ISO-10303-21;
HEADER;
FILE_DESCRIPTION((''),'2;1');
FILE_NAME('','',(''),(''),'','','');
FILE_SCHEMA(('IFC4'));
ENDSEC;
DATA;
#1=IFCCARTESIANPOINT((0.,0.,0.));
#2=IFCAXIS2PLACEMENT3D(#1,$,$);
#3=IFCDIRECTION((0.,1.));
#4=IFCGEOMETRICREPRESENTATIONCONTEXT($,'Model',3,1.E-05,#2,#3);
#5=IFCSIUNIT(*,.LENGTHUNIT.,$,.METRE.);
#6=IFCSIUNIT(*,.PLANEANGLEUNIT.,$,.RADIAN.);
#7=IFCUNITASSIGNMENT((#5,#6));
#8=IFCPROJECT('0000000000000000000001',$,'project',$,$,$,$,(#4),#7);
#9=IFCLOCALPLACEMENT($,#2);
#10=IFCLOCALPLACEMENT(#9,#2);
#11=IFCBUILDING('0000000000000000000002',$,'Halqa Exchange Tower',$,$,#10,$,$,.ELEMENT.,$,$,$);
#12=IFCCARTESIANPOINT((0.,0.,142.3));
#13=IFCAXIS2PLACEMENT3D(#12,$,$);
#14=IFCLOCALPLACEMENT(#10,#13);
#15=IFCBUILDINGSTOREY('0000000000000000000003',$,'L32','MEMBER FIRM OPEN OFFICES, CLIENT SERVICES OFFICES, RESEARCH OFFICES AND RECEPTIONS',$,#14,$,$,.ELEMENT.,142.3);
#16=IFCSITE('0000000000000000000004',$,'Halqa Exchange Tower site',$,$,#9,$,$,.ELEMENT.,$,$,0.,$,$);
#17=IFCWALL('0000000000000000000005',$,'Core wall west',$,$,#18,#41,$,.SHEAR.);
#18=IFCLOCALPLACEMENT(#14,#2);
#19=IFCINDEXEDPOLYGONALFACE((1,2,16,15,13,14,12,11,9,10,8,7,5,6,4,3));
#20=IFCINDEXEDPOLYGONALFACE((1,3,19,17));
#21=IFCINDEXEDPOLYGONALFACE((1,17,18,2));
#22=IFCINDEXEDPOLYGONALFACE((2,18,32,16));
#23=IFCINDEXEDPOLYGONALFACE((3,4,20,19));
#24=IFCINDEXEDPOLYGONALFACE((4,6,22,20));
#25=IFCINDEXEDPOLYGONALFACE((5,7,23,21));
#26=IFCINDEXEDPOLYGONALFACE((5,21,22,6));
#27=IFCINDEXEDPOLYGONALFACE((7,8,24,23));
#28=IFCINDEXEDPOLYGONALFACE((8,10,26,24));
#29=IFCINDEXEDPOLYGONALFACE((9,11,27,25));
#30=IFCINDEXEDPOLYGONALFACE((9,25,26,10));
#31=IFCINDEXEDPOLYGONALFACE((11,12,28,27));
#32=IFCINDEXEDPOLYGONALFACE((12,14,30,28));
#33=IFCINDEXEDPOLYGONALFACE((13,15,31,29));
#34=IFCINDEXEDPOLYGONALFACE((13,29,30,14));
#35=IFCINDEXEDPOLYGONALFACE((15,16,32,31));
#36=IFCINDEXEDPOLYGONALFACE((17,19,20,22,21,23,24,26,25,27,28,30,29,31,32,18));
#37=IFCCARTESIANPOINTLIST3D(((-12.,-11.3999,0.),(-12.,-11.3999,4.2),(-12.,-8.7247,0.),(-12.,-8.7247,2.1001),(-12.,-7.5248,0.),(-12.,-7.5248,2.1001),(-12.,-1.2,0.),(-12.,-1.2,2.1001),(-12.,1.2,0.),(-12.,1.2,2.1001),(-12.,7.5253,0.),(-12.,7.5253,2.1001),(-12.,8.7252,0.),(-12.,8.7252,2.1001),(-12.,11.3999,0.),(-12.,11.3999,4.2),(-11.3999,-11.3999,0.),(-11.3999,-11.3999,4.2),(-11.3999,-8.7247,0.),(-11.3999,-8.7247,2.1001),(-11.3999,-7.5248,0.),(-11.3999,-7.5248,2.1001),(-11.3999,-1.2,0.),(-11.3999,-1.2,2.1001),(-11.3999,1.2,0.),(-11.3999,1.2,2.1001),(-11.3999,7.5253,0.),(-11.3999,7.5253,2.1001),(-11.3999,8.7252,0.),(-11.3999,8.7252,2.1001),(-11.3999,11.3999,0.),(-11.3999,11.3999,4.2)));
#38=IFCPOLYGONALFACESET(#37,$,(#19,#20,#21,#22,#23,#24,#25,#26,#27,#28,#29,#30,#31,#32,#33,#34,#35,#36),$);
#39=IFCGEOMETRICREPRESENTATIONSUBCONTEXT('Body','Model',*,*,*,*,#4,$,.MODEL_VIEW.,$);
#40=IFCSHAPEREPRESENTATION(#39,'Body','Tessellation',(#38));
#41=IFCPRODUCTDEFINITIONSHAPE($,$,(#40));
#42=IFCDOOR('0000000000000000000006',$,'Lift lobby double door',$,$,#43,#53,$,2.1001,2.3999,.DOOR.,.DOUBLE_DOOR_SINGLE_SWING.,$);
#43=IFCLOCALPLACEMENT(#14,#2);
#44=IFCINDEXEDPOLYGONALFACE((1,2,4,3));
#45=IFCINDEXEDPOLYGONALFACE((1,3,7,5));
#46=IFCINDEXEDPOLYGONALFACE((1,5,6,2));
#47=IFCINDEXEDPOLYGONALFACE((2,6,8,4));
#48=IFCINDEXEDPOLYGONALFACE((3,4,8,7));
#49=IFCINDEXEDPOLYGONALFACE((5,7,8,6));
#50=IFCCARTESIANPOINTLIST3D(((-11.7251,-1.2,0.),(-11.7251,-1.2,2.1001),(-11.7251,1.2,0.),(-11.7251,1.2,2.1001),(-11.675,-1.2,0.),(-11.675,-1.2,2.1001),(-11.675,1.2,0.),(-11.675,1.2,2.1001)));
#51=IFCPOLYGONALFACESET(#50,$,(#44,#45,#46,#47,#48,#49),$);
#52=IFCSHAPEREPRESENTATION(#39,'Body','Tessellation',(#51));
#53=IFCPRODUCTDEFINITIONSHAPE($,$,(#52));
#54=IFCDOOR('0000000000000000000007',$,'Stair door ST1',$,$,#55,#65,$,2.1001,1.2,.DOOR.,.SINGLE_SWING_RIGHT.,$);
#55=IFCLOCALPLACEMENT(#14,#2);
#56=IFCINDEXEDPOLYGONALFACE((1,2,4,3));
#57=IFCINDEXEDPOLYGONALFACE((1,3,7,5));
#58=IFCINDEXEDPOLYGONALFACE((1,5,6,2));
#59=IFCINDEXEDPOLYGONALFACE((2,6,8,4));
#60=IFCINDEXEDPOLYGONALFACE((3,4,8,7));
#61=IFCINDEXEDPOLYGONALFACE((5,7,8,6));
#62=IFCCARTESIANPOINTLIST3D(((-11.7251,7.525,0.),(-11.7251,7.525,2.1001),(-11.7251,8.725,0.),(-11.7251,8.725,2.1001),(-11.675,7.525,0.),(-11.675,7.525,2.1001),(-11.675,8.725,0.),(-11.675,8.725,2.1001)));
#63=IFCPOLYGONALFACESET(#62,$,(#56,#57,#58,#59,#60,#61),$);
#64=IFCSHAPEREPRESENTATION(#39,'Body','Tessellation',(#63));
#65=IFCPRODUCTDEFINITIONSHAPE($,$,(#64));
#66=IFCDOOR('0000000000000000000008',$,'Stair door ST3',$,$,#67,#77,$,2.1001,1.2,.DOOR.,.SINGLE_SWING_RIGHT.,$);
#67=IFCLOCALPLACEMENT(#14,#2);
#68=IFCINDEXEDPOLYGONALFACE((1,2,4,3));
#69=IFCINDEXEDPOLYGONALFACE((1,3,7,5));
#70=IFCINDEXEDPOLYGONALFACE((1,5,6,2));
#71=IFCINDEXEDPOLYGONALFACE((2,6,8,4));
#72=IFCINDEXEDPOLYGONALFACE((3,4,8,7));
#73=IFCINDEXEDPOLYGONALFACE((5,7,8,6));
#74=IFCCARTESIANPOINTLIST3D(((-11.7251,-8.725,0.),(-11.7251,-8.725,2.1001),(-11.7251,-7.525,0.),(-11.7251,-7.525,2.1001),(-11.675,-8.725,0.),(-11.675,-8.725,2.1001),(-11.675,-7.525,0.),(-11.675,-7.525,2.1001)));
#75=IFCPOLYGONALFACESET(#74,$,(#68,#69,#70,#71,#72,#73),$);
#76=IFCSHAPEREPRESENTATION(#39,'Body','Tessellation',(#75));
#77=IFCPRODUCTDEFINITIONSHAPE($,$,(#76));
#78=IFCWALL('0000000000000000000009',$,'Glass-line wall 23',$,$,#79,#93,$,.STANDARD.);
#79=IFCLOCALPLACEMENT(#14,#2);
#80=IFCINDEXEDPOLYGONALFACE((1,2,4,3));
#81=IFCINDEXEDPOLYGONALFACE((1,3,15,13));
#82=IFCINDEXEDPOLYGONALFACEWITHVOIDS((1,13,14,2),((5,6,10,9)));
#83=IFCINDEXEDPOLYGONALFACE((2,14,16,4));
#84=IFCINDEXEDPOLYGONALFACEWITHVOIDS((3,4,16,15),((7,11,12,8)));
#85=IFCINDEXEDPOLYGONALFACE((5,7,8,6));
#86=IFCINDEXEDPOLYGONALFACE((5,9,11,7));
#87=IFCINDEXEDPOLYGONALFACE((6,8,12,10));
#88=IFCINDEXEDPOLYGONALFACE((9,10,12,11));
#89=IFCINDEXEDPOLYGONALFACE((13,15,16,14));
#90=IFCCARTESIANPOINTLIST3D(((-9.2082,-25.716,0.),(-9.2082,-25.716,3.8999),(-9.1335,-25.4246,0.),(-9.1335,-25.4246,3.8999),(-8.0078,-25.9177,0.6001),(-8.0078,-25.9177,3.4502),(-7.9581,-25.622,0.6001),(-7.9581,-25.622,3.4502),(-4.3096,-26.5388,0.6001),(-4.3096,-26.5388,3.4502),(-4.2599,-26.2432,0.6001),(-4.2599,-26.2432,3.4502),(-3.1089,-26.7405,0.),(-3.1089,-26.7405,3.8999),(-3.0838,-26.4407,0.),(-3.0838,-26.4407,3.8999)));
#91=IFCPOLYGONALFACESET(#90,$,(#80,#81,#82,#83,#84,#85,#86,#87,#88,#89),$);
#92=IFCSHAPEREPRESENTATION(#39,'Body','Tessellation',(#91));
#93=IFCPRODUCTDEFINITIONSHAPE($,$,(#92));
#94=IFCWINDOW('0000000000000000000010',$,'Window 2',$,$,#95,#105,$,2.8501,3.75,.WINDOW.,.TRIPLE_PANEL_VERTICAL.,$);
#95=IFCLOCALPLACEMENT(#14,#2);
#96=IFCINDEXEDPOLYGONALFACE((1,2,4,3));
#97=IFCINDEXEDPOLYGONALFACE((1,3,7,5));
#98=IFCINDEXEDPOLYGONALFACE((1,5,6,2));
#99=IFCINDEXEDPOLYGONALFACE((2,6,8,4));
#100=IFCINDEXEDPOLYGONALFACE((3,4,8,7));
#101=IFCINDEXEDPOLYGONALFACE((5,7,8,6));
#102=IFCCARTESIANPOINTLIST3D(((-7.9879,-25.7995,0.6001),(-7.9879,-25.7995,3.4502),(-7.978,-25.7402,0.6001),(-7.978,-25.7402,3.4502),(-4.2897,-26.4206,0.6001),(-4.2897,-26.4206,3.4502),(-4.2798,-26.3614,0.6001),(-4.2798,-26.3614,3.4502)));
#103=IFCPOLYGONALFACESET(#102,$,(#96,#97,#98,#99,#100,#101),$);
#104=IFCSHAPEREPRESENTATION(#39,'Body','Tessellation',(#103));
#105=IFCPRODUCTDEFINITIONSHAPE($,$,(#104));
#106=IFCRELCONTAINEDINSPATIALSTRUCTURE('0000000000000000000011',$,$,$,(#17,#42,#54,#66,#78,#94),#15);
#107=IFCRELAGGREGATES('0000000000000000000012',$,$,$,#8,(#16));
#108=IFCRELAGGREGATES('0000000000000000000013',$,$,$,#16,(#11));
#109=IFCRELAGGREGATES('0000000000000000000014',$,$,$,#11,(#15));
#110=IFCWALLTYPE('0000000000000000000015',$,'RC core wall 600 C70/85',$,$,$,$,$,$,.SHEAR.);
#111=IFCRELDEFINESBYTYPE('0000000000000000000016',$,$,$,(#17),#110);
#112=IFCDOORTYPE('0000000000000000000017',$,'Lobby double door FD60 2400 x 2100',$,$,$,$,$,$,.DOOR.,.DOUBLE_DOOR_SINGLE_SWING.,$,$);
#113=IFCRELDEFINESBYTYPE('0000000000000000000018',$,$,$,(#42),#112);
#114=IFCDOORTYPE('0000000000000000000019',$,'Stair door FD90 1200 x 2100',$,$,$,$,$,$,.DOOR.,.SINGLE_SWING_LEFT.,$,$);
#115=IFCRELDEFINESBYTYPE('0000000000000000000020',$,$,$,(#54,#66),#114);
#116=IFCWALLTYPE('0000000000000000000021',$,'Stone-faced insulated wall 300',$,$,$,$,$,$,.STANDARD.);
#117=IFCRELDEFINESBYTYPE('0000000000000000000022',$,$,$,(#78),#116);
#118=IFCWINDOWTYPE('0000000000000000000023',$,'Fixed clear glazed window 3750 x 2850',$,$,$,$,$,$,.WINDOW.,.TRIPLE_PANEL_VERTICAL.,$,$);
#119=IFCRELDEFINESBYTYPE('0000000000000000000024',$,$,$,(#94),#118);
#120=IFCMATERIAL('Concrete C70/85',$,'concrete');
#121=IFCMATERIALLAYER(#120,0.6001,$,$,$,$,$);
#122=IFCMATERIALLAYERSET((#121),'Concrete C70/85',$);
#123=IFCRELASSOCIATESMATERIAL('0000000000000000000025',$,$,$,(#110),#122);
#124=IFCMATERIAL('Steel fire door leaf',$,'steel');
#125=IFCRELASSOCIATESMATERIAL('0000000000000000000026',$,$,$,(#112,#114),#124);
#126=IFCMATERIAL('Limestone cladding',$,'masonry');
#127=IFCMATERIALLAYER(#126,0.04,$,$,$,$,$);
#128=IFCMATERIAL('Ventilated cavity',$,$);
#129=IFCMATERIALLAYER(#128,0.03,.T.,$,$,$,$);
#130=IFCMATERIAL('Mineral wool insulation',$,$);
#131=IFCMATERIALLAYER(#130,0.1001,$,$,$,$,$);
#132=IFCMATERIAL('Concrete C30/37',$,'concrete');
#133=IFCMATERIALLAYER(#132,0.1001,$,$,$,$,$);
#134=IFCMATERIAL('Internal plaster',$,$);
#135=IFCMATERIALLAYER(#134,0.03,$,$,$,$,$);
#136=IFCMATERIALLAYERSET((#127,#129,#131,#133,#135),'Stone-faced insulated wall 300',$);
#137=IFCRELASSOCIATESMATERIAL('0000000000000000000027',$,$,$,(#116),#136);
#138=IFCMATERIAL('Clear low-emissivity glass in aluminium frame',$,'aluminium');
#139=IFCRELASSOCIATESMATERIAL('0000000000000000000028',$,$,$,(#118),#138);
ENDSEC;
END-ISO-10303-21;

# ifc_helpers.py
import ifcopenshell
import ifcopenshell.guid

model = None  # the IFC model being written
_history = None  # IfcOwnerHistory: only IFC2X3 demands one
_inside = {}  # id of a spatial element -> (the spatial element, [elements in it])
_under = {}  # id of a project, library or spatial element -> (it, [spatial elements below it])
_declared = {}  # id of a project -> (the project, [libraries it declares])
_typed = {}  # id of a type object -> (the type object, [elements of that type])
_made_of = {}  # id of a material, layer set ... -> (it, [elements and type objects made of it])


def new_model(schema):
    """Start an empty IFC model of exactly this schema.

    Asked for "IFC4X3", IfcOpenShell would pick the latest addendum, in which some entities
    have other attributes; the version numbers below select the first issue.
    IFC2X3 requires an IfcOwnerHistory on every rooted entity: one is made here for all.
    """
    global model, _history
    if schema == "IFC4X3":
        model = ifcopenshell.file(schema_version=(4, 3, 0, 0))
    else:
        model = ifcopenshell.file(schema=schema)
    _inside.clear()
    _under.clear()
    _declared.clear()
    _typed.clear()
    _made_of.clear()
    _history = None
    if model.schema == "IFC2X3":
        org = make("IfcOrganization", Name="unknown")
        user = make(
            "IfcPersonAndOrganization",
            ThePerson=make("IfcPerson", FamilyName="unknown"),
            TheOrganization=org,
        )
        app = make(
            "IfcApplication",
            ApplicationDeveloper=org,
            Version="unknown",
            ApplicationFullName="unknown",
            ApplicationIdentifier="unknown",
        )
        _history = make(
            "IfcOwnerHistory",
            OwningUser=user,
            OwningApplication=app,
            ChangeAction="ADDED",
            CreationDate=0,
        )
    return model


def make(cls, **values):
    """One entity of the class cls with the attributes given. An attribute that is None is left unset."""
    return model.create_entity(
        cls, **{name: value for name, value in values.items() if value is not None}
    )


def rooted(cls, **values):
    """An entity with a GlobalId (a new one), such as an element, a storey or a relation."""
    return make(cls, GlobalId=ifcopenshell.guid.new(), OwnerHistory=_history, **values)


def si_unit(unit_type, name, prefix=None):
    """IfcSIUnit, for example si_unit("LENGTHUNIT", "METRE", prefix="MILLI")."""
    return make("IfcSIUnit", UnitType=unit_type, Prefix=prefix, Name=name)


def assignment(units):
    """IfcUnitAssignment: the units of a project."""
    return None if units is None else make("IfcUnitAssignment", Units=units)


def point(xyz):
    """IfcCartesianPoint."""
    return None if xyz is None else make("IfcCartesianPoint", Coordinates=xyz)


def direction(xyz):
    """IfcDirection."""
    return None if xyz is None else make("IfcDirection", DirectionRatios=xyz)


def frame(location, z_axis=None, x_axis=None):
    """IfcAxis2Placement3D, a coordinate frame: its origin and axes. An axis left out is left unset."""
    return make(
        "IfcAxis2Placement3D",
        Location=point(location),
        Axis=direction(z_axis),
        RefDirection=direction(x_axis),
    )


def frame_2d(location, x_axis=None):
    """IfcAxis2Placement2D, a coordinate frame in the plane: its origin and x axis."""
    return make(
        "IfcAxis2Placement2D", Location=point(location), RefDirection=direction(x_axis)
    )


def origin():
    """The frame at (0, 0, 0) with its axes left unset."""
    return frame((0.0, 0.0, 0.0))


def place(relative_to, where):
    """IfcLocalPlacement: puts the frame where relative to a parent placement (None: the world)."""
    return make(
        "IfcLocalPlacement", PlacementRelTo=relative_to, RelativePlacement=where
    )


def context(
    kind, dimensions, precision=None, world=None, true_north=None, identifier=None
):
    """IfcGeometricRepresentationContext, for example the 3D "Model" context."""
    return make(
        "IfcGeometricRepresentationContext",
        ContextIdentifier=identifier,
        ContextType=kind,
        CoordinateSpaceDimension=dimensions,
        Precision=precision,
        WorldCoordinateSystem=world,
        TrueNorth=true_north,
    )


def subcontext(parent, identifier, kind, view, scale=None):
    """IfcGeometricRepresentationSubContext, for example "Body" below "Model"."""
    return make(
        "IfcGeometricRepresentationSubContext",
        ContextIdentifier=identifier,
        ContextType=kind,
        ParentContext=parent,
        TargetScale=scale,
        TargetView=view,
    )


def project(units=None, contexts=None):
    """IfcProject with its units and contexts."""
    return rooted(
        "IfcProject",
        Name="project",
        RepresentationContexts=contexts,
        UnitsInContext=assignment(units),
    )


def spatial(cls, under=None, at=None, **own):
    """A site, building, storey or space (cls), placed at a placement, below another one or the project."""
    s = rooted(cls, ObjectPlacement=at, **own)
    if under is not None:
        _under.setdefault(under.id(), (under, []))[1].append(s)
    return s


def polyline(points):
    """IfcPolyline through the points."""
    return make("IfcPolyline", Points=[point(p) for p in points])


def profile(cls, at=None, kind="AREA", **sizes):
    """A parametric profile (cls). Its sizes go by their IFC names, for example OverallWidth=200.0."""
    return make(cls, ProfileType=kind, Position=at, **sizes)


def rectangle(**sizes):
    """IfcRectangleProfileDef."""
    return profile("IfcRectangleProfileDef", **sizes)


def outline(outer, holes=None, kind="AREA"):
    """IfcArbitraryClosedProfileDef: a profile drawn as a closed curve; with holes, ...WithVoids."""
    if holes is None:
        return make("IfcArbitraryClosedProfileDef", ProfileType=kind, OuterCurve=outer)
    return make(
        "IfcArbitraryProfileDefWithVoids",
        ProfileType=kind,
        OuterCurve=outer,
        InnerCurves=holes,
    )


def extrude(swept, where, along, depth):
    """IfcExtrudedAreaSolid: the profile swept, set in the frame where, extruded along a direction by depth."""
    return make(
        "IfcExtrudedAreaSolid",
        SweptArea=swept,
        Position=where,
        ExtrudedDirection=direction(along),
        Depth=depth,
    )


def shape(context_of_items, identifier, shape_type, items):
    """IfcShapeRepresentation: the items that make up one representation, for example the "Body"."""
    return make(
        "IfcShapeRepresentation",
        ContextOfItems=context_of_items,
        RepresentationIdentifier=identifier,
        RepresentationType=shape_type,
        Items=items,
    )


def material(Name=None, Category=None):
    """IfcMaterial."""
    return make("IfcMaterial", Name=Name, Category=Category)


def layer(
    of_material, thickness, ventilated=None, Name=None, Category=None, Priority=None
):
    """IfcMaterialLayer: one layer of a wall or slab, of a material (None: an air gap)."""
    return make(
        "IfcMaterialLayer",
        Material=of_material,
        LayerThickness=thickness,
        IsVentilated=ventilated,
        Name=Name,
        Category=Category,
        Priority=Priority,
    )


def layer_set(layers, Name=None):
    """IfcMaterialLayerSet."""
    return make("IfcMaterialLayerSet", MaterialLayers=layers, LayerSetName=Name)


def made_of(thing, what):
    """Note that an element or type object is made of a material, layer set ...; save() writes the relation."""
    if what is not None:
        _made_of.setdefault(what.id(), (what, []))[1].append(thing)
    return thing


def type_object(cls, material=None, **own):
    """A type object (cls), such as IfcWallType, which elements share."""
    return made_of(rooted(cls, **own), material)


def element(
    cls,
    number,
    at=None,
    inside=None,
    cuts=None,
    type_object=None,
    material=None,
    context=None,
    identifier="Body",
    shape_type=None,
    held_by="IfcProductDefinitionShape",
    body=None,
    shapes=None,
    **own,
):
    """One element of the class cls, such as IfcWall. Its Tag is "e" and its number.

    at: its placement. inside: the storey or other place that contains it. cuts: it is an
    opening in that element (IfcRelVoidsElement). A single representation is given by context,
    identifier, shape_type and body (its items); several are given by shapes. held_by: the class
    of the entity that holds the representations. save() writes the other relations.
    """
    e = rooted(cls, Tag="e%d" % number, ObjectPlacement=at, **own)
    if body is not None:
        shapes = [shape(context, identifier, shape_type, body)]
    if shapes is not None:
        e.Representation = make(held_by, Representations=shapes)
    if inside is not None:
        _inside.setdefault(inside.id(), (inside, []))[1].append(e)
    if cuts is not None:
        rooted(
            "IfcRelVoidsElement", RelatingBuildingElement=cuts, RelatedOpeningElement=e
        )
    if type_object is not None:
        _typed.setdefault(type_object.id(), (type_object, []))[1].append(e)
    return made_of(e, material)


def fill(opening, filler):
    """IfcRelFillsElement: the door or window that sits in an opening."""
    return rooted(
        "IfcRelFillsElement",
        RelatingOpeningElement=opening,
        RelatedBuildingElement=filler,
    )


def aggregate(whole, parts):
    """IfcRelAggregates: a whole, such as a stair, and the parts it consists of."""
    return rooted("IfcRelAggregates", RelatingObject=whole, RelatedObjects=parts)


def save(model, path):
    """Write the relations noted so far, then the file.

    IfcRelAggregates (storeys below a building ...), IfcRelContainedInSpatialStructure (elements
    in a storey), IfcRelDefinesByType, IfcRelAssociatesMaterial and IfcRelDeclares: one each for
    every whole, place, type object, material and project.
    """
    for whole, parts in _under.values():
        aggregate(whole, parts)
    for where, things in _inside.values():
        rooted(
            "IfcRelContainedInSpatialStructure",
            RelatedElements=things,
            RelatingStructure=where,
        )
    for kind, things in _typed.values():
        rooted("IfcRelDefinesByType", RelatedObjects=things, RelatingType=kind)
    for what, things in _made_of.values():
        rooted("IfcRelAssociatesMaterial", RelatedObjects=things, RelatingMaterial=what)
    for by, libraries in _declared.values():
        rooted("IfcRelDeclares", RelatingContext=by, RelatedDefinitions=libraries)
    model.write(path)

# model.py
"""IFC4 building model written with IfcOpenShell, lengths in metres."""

from ifc_helpers import new_model, si_unit, direction, frame, frame_2d, origin, place, context, subcontext, project, spatial, polyline, rectangle, outline, extrude, material, layer, layer_set, type_object, element, fill, save


model = new_model("IFC4")

# Units and contexts
model_context = context("Model", 3, precision=1e-05, world=origin(), true_north=direction((0.0, 1.0)))
body_context = subcontext(model_context, "Body", "Model", "MODEL_VIEW")
ifc_project = project(units=[si_unit("LENGTHUNIT", "METRE"), si_unit("PLANEANGLEUNIT", "RADIAN")], contexts=[model_context])

# Site, building, storey
site_placement = place(None, origin())
site = spatial("IfcSite", under=ifc_project, at=site_placement, Name="Halqa Exchange Tower site", CompositionType="ELEMENT", RefElevation=0.0)
building_placement = place(site_placement, origin())
building = spatial("IfcBuilding", under=site, at=building_placement, Name="Halqa Exchange Tower", CompositionType="ELEMENT")
storey_placement = place(building_placement, frame((0.0, 0.0, 142.3)))
storey = spatial("IfcBuildingStorey", under=building, at=storey_placement, Name="L32", Description="MEMBER FIRM OPEN OFFICES, CLIENT SERVICES OFFICES, RESEARCH OFFICES AND RECEPTIONS", CompositionType="ELEMENT", Elevation=142.3)

# Shared definitions
ifc_material_1 = material(Name="Concrete C70/85", Category="concrete")

# Wall, openings, doors
ifc_layer_1 = layer(ifc_material_1, 0.6001)
ifc_layer_set_1 = layer_set([ifc_layer_1], Name="Concrete C70/85")
wall_type_1 = type_object("IfcWallType", Name="RC core wall 600 C70/85", PredefinedType="SHEAR", material=ifc_layer_set_1)
wall_1_placement = place(storey_placement, frame((-11.7, -11.3999, 0.0), z_axis=(0.0, 0.0, 1.0), x_axis=(0.0, 1.0, 0.0)))
wall_1 = element("IfcWall", 1, at=wall_1_placement, inside=storey, type_object=wall_type_1, Name="Core wall west", PredefinedType="SHEAR", context=body_context, shape_type="SweptSolid", body=[
    extrude(rectangle(XDim=22.7998, YDim=0.6001, at=frame_2d((11.3999, 0.0))), origin(), (0.0, 0.0, 1.0), 4.2),
])
opening_1_placement = place(wall_1_placement, frame((10.2, 0.0, 0.0)))
opening_1 = element("IfcOpeningElement", 2, at=opening_1_placement, cuts=wall_1, PredefinedType="OPENING", context=body_context, shape_type="SweptSolid", body=[
    extrude(rectangle(XDim=2.3999, YDim=2.1001, at=frame_2d((1.2, 1.05))), frame((0.0, 0.312, 0.0), z_axis=(0.0, -1.0, 0.0), x_axis=(1.0, 0.0, 0.0)), (0.0, 0.0, 1.0), 0.624),
])
opening_2_placement = place(wall_1_placement, frame((18.925, 0.0, 0.0)))
opening_2 = element("IfcOpeningElement", 3, at=opening_2_placement, cuts=wall_1, PredefinedType="OPENING", context=body_context, shape_type="SweptSolid", body=[
    extrude(rectangle(XDim=1.2, YDim=2.1001, at=frame_2d((0.6001, 1.05))), frame((0.0, 0.312, 0.0), z_axis=(0.0, -1.0, 0.0), x_axis=(1.0, 0.0, 0.0)), (0.0, 0.0, 1.0), 0.624),
])
opening_3_placement = place(wall_1_placement, frame((2.675, 0.0, 0.0)))
opening_3 = element("IfcOpeningElement", 4, at=opening_3_placement, cuts=wall_1, PredefinedType="OPENING", context=body_context, shape_type="SweptSolid", body=[
    extrude(rectangle(XDim=1.2, YDim=2.1001, at=frame_2d((0.6001, 1.05))), frame((0.0, 0.312, 0.0), z_axis=(0.0, -1.0, 0.0), x_axis=(1.0, 0.0, 0.0)), (0.0, 0.0, 1.0), 0.624),
])
ifc_material_2 = material(Name="Steel fire door leaf", Category="steel")
door_type_1 = type_object("IfcDoorType", Name="Lobby double door FD60 2400 x 2100", OperationType="DOUBLE_DOOR_SINGLE_SWING", PredefinedType="DOOR", material=ifc_material_2)
door_1_placement = place(opening_1_placement, frame((2.3999, 0.0, 0.0), z_axis=(0.0, 0.0, 1.0), x_axis=(-1.0, 0.0, 0.0)))
door_1 = element("IfcDoor", 5, at=door_1_placement, inside=storey, type_object=door_type_1, Name="Lift lobby double door", OperationType="DOUBLE_DOOR_SINGLE_SWING", OverallHeight=2.1001, OverallWidth=2.3999, PredefinedType="DOOR", context=body_context, shape_type="SweptSolid", body=[
    extrude(rectangle(XDim=2.3999, YDim=2.1001, at=frame_2d((1.2, 1.05))), frame((0.0, 0.0249, 0.0), z_axis=(0.0, -1.0, 0.0), x_axis=(1.0, 0.0, 0.0)), (0.0, 0.0, 1.0), 0.05),
])
fill(opening_1, door_1)
door_type_2 = type_object("IfcDoorType", Name="Stair door FD90 1200 x 2100", OperationType="SINGLE_SWING_LEFT", PredefinedType="DOOR", material=ifc_material_2)
door_2_placement = place(opening_2_placement, frame((1.2, 0.0, 0.0), z_axis=(0.0, 0.0, 1.0), x_axis=(-1.0, 0.0, 0.0)))
door_2 = element("IfcDoor", 6, at=door_2_placement, inside=storey, type_object=door_type_2, Name="Stair door ST1", OperationType="SINGLE_SWING_RIGHT", OverallHeight=2.1001, OverallWidth=1.2, PredefinedType="DOOR", context=body_context, shape_type="SweptSolid", body=[
    extrude(rectangle(XDim=1.2, YDim=2.1001, at=frame_2d((0.6001, 1.05))), frame((0.0, 0.0249, 0.0), z_axis=(0.0, -1.0, 0.0), x_axis=(1.0, 0.0, 0.0)), (0.0, 0.0, 1.0), 0.05),
])
fill(opening_2, door_2)
door_3_placement = place(opening_3_placement, frame((1.2, 0.0, 0.0), z_axis=(0.0, 0.0, 1.0), x_axis=(-1.0, 0.0, 0.0)))
door_3 = element("IfcDoor", 7, at=door_3_placement, inside=storey, type_object=door_type_2, Name="Stair door ST3", OperationType="SINGLE_SWING_RIGHT", OverallHeight=2.1001, OverallWidth=1.2, PredefinedType="DOOR", context=body_context, shape_type="SweptSolid", body=[
    extrude(rectangle(XDim=1.2, YDim=2.1001, at=frame_2d((0.6001, 1.05))), frame((0.0, 0.0249, 0.0), z_axis=(0.0, -1.0, 0.0), x_axis=(1.0, 0.0, 0.0)), (0.0, 0.0, 1.0), 0.05),
])
fill(opening_3, door_3)

# Wall, opening, window
ifc_material_3 = material(Name="Limestone cladding", Category="masonry")
ifc_layer_2 = layer(ifc_material_3, 0.04)
ifc_material_4 = material(Name="Ventilated cavity")
ifc_layer_3 = layer(ifc_material_4, 0.03, ventilated=True)
ifc_material_5 = material(Name="Mineral wool insulation")
ifc_layer_4 = layer(ifc_material_5, 0.1001)
ifc_material_6 = material(Name="Concrete C30/37", Category="concrete")
ifc_layer_5 = layer(ifc_material_6, 0.1001)
ifc_material_7 = material(Name="Internal plaster")
ifc_layer_6 = layer(ifc_material_7, 0.03)
ifc_layer_set_2 = layer_set([ifc_layer_2, ifc_layer_3, ifc_layer_4, ifc_layer_5, ifc_layer_6], Name="Stone-faced insulated wall 300")
wall_type_2 = type_object("IfcWallType", Name="Stone-faced insulated wall 300", PredefinedType="STANDARD", material=ifc_layer_set_2)
wall_2_placement = place(storey_placement, frame((-9.1709, -25.5703, 0.0), z_axis=(0.0, 0.0, 1.0), x_axis=(0.986186, -0.165639, 0.0)))
wall_2 = element("IfcWall", 8, at=wall_2_placement, inside=storey, type_object=wall_type_2, Name="Glass-line wall 23", PredefinedType="STANDARD", context=body_context, shape_type="SweptSolid", body=[
    extrude(outline(polyline([(-0.0127, -0.1499), (6.1721, -0.1499), (6.1472, 0.1499), (0.0127, 0.1499), (-0.0127, -0.1499)])), origin(), (0.0, 0.0, 1.0), 3.8999),
])
opening_4_placement = place(wall_2_placement, frame((1.2046, 0.0, 0.6001)))
opening_4 = element("IfcOpeningElement", 9, at=opening_4_placement, cuts=wall_2, PredefinedType="OPENING", context=body_context, shape_type="SweptSolid", body=[
    extrude(rectangle(XDim=3.75, YDim=2.8501, at=frame_2d((1.875, 1.425))), frame((0.0, 0.1621, 0.0), z_axis=(0.0, -1.0, 0.0), x_axis=(1.0, 0.0, 0.0)), (0.0, 0.0, 1.0), 0.324),
])
ifc_material_8 = material(Name="Clear low-emissivity glass in aluminium frame", Category="aluminium")
window_type = type_object("IfcWindowType", Name="Fixed clear glazed window 3750 x 2850", PartitioningType="TRIPLE_PANEL_VERTICAL", PredefinedType="WINDOW", material=ifc_material_8)
window_placement = place(opening_4_placement, origin())
window = element("IfcWindow", 10, at=window_placement, inside=storey, type_object=window_type, Name="Window 2", OverallHeight=2.8501, OverallWidth=3.75, PartitioningType="TRIPLE_PANEL_VERTICAL", PredefinedType="WINDOW", context=body_context, shape_type="SweptSolid", body=[
    extrude(rectangle(XDim=3.75, YDim=2.8501, at=frame_2d((1.875, 1.425))), frame((0.0, 0.03, 0.0), z_axis=(0.0, -1.0, 0.0), x_axis=(1.0, 0.0, 0.0)), (0.0, 0.0, 1.0), 0.0601),
])
fill(opening_4, window)

save(model, "model.ifc")
